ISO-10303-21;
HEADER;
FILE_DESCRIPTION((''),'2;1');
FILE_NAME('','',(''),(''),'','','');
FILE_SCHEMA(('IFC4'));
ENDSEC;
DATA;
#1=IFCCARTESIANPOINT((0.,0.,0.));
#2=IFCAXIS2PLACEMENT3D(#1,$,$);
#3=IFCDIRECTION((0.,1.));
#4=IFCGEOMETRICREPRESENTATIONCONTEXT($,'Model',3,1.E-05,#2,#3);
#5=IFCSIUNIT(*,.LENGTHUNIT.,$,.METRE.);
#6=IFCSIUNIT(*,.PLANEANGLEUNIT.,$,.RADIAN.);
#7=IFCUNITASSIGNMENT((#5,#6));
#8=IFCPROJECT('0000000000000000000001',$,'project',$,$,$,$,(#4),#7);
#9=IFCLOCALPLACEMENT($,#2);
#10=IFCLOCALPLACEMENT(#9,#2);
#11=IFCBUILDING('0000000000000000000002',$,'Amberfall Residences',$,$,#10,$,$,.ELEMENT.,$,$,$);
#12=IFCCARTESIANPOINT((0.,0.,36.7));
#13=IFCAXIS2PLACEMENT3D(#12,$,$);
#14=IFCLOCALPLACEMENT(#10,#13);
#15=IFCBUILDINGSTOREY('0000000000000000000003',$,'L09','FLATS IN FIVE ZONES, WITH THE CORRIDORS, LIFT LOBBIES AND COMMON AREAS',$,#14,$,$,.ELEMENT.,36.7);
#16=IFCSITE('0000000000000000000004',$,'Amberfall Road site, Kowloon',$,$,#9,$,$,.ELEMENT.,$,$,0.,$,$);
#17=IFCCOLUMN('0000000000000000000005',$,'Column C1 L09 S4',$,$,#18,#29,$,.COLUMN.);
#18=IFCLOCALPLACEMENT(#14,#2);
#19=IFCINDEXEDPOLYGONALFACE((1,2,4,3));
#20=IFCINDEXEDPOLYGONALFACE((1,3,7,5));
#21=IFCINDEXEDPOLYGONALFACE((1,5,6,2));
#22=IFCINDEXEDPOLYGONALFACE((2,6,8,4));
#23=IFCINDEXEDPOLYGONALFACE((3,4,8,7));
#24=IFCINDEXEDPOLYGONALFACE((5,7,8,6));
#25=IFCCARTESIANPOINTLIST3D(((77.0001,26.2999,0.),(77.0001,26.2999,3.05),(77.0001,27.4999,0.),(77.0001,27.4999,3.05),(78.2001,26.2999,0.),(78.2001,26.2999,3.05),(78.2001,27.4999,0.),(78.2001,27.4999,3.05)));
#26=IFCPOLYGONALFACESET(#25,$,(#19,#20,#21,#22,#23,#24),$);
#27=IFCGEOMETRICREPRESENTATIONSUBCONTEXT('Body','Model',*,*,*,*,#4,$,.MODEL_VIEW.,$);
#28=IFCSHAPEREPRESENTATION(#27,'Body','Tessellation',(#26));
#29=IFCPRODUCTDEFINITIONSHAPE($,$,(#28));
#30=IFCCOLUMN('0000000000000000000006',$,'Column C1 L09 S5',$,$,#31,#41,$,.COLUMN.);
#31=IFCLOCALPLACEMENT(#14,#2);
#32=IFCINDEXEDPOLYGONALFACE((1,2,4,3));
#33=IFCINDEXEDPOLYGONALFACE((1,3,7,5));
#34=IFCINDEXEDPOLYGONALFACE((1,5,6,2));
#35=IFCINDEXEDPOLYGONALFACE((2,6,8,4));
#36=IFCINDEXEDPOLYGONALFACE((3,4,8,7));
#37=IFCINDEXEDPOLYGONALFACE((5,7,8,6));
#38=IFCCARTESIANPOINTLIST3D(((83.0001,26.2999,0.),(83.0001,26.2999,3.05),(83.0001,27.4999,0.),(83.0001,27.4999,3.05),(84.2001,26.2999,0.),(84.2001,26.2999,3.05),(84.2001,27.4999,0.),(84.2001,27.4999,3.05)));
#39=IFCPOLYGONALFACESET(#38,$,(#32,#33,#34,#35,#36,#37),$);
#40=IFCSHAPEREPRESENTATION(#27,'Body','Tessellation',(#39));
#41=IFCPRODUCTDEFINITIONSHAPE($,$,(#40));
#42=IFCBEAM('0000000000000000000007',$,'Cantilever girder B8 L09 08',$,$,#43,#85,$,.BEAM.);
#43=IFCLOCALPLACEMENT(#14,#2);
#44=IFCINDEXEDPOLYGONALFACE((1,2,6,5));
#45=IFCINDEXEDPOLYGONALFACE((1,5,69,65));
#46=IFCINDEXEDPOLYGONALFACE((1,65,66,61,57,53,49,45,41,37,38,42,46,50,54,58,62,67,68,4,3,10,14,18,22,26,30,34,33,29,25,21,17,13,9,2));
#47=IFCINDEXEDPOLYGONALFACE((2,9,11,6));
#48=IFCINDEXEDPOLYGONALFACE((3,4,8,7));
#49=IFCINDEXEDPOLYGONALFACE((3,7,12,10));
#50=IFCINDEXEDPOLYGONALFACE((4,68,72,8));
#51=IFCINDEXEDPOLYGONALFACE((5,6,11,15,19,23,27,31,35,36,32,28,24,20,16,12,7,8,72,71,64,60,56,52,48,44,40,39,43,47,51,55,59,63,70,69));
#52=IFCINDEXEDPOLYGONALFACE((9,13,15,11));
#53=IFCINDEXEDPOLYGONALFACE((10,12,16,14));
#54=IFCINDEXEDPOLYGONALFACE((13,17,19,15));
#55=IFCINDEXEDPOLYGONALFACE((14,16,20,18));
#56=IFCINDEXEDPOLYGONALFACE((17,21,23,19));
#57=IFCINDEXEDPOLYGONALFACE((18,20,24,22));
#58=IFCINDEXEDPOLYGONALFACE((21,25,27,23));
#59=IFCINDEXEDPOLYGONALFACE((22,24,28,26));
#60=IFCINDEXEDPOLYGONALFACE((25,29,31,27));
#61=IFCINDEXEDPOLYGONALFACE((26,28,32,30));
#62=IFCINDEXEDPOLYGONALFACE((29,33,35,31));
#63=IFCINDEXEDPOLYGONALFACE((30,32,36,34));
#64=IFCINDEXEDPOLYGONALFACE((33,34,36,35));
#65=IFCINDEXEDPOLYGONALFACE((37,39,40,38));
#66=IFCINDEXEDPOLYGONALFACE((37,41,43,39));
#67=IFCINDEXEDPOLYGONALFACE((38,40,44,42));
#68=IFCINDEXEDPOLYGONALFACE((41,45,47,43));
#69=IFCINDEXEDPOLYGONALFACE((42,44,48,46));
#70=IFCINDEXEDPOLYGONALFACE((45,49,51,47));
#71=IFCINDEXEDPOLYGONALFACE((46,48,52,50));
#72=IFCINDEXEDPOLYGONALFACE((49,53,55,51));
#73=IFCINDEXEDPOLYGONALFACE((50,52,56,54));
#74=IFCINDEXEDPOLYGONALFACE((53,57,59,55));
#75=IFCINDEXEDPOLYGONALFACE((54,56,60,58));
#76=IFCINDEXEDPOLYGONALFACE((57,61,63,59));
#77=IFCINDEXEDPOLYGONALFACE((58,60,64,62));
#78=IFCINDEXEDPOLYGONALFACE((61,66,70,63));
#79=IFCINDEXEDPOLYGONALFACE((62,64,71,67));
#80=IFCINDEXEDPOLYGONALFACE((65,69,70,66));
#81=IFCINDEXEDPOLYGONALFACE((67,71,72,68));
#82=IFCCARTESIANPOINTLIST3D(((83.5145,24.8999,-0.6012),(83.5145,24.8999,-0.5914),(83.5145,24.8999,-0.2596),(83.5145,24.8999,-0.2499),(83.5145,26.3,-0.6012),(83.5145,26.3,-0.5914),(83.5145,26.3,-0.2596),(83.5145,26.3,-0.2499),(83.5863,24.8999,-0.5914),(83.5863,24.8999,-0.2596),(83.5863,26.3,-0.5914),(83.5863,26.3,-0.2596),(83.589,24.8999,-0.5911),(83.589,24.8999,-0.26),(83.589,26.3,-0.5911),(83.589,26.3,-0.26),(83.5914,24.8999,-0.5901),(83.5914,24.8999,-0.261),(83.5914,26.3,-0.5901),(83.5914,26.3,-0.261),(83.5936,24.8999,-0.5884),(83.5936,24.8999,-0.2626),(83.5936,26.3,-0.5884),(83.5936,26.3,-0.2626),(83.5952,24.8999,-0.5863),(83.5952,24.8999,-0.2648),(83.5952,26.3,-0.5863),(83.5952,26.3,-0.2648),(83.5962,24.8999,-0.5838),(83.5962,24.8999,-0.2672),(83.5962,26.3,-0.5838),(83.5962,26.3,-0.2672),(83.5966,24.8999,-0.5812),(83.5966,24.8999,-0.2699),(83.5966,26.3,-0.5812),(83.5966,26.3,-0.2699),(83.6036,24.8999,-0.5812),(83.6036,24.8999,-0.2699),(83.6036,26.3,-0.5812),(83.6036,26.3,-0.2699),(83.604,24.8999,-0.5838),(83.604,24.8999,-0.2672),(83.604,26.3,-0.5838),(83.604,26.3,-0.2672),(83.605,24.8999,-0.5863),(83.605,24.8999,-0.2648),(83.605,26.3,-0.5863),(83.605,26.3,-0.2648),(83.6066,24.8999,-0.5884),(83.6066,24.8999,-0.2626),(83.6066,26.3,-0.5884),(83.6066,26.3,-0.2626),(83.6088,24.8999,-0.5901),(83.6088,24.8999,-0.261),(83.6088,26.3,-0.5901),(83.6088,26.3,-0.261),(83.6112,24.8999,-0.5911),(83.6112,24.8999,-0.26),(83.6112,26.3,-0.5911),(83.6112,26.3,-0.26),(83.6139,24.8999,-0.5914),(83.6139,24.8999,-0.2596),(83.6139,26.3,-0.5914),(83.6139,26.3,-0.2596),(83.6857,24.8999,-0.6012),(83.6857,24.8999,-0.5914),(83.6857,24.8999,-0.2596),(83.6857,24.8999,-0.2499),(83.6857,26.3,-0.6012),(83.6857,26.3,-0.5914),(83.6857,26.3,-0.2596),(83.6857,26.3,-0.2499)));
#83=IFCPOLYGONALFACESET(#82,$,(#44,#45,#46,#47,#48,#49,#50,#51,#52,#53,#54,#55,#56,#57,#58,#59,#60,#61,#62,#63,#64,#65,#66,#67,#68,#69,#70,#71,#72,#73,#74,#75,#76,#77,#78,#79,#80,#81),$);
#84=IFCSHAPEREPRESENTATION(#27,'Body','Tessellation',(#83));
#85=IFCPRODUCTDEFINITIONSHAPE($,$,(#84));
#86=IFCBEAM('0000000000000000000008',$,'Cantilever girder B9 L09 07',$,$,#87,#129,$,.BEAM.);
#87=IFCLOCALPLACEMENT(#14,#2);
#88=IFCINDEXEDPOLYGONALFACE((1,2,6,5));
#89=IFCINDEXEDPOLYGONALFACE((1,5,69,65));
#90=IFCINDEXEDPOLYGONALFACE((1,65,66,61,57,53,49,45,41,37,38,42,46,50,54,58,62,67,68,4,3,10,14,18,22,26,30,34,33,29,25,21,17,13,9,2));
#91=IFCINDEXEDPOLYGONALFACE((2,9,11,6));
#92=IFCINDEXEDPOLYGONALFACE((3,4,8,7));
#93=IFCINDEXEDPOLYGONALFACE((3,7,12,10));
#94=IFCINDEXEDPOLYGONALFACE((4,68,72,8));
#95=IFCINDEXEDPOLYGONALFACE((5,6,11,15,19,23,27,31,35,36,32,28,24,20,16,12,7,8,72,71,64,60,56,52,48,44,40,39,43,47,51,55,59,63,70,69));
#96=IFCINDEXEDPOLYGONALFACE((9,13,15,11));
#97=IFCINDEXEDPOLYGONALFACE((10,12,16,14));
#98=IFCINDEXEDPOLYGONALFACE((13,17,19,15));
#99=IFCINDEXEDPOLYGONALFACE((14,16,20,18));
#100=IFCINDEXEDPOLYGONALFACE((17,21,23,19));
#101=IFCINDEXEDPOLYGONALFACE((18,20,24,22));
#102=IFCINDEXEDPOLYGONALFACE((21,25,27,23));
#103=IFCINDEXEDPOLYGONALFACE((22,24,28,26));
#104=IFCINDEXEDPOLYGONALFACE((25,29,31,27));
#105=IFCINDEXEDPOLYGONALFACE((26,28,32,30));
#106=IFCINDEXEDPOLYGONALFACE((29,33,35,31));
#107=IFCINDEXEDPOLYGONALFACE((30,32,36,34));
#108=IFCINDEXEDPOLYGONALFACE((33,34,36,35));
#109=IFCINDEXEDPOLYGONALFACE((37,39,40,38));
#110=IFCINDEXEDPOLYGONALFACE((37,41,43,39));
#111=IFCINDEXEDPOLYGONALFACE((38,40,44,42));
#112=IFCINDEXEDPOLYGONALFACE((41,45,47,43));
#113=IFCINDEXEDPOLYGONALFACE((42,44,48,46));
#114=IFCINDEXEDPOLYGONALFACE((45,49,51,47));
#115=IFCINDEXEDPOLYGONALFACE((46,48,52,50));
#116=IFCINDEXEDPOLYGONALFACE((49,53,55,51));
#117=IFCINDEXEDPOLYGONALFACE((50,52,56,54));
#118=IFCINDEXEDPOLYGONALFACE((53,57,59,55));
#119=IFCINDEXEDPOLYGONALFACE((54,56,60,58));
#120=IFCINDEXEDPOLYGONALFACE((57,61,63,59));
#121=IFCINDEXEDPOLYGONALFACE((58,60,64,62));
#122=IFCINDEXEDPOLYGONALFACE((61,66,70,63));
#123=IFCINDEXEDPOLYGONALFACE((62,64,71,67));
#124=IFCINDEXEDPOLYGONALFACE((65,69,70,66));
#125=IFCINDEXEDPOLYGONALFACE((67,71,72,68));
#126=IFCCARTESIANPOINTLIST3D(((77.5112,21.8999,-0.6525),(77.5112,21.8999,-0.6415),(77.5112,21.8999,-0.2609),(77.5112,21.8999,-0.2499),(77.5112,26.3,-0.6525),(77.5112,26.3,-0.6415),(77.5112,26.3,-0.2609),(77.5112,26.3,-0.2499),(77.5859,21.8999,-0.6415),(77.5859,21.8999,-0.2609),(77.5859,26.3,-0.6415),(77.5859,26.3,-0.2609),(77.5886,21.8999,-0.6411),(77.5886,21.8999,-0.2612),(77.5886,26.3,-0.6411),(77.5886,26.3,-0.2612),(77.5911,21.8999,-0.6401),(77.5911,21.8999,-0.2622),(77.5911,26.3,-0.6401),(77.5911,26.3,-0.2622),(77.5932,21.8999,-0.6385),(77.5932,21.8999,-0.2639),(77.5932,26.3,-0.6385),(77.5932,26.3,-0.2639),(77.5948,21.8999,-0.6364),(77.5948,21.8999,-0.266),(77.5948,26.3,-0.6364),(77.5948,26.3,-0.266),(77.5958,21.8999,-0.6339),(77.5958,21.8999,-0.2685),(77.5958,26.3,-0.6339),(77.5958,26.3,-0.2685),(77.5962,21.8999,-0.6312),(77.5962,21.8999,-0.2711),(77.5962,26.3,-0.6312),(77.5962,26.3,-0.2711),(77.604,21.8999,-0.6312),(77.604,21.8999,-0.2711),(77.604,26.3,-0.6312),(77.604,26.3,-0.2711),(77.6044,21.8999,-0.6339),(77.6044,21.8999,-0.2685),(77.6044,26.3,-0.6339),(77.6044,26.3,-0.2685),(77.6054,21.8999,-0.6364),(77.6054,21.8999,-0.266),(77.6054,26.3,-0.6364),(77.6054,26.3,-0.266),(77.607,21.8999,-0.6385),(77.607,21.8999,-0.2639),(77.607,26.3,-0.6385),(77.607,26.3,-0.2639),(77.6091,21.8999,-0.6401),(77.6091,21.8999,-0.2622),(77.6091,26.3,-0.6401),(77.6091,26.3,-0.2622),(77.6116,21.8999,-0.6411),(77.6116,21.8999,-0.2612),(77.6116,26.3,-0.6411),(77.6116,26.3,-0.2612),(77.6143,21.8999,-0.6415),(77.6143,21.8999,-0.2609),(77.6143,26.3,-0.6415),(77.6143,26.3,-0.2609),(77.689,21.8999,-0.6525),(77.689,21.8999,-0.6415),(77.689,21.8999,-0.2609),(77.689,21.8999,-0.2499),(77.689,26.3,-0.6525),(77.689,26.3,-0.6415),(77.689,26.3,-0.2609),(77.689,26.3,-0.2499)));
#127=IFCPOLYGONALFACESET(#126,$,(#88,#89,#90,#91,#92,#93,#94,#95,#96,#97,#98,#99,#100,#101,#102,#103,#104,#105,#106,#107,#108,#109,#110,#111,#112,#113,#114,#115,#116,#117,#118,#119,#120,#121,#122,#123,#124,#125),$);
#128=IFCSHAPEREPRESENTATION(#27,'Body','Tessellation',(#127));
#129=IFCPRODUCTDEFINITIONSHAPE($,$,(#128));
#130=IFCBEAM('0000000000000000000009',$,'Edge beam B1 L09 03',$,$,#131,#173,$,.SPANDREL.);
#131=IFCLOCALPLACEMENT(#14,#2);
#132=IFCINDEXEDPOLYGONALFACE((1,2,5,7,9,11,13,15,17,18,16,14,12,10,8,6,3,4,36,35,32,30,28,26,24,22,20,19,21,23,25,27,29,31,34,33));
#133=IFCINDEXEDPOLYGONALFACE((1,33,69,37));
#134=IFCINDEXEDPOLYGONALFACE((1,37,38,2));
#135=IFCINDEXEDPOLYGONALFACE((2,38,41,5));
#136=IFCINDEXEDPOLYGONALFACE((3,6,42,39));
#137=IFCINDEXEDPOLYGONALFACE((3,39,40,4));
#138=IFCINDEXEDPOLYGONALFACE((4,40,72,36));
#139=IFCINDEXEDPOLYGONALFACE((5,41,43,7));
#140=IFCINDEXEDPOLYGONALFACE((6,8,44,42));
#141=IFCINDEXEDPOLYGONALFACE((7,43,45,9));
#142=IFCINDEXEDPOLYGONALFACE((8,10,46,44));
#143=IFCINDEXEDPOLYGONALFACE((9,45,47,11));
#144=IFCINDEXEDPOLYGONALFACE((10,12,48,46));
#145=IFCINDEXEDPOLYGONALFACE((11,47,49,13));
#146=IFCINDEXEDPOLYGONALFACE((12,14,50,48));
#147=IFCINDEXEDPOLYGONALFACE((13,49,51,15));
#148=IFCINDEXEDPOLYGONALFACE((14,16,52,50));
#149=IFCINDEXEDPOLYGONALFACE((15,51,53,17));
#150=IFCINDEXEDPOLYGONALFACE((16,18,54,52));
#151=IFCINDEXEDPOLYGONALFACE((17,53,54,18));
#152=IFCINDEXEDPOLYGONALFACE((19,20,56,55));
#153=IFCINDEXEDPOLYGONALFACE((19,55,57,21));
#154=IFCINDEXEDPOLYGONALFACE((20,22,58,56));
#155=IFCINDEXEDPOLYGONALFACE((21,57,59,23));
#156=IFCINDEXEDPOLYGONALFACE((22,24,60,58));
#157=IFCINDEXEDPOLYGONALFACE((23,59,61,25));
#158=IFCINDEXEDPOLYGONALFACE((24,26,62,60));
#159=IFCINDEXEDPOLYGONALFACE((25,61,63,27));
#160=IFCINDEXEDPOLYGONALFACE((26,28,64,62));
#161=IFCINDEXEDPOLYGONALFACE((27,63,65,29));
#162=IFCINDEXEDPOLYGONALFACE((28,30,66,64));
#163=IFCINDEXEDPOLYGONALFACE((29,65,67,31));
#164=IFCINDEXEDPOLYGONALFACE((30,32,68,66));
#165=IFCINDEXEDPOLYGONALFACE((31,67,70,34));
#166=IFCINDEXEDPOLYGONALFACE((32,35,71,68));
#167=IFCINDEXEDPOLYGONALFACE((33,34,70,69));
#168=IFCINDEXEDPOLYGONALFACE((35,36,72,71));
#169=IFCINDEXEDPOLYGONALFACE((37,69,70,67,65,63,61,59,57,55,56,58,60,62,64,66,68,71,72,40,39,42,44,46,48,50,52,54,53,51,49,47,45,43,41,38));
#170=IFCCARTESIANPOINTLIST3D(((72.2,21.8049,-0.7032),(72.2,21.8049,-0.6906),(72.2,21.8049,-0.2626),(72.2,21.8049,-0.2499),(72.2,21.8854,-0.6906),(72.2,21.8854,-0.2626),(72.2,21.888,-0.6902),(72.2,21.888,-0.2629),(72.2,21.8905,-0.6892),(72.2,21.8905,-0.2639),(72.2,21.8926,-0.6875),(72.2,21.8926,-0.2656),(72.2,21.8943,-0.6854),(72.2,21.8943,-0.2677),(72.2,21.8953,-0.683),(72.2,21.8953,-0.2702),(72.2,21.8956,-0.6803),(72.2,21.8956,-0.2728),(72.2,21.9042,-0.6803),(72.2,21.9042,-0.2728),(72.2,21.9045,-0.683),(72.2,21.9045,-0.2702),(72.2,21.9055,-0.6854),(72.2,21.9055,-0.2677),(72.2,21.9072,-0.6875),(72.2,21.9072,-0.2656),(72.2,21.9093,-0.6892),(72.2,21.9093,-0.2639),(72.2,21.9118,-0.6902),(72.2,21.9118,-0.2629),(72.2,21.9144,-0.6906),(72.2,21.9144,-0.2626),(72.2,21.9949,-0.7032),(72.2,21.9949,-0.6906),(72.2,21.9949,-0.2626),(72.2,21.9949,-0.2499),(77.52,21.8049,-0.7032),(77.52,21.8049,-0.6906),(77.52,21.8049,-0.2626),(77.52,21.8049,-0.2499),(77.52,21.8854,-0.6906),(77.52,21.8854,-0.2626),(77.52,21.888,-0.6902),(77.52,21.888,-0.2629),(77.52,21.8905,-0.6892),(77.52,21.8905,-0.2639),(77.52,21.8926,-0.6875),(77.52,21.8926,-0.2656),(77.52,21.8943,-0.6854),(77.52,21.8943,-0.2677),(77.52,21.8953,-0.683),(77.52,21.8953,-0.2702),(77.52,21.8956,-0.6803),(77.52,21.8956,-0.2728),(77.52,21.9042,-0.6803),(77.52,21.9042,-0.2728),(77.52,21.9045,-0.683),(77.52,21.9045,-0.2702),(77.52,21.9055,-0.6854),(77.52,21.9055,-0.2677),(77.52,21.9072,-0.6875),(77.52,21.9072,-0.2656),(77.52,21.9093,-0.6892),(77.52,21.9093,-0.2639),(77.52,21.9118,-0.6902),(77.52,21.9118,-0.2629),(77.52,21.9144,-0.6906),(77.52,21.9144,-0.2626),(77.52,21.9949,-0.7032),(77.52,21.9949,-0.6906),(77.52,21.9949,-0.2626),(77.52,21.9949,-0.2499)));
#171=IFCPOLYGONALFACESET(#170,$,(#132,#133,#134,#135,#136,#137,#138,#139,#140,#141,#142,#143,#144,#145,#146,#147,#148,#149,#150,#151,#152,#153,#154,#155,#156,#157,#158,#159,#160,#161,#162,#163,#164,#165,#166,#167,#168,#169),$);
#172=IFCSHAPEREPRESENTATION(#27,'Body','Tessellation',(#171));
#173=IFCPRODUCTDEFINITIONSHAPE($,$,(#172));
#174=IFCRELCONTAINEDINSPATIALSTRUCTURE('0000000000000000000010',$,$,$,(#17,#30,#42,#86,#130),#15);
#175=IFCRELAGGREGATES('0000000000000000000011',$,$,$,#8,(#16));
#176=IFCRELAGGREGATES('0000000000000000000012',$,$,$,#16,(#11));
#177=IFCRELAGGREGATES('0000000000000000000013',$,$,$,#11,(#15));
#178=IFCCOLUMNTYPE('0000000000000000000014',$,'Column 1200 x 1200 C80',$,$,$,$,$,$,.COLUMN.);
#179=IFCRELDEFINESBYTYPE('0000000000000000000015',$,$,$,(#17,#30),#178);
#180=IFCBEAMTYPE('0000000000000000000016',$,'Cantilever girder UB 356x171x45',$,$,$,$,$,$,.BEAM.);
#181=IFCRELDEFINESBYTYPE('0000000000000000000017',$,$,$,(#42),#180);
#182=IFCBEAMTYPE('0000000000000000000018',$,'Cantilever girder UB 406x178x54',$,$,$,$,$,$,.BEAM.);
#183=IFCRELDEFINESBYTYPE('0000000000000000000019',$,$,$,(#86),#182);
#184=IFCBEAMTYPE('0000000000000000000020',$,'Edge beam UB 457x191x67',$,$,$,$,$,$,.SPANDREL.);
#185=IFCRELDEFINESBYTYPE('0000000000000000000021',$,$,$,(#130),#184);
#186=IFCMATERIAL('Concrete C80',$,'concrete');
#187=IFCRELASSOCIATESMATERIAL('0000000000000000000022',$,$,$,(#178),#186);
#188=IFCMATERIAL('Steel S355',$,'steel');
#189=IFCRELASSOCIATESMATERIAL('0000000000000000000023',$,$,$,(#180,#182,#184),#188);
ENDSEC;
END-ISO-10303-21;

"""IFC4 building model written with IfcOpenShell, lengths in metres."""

from ifc_helpers import new_model, si_unit, direction, frame, origin, origin_2d, place, context, subcontext, project, spatial, rectangle, i_section, extrude, material, material_profile, profile_set, type_object, element, save


model = new_model("IFC4")

# Units and contexts
model_context = context("Model", 3, precision=1e-05, world=origin(), true_north=direction((0.0, 1.0)))
body_context = subcontext(model_context, "Body", "Model", "MODEL_VIEW")
ifc_project = project(units=[si_unit("LENGTHUNIT", "METRE"), si_unit("PLANEANGLEUNIT", "RADIAN")], contexts=[model_context])

# Site, building, storey
site_placement = place(None, origin())
site = spatial("IfcSite", under=ifc_project, at=site_placement, Name="Amberfall Road site, Kowloon", CompositionType="ELEMENT", RefElevation=0.0)
building_placement = place(site_placement, origin())
building = spatial("IfcBuilding", under=site, at=building_placement, Name="Amberfall Residences", CompositionType="ELEMENT")
storey_placement = place(building_placement, frame((0.0, 0.0, 36.7)))
storey = spatial("IfcBuildingStorey", under=building, at=storey_placement, Name="L09", Description="FLATS IN FIVE ZONES, WITH THE CORRIDORS, LIFT LOBBIES AND COMMON AREAS", CompositionType="ELEMENT", Elevation=36.7)

# Columns
ifc_material_1 = material(Name="Concrete C80", Category="concrete")
ifc_material_profile_1 = material_profile(ifc_material_1, rectangle(XDim=1.2, YDim=1.2, at=origin_2d()), Name="Column 1200 x 1200 C80")
ifc_profile_set_1 = profile_set([ifc_material_profile_1], Name="Concrete C80")
column_type = type_object("IfcColumnType", Name="Column 1200 x 1200 C80", PredefinedType="COLUMN", material=ifc_profile_set_1)
for number, where, z_axis, x_axis, name in (
    (1, (77.6001, 26.8999, 0.0), (0.0, 0.0, 1.0), (1.0, 0.0, 0.0), "Column C1 L09 S4"),
    (2, (83.6001, 26.8999, 0.0), (0.0, 0.0, 1.0), (1.0, 0.0, 0.0), "Column C1 L09 S5"),
):
    element("IfcColumn", number, at=place(storey_placement, frame(where, z_axis=z_axis, x_axis=x_axis)), inside=storey, type_object=column_type, Name=name, PredefinedType="COLUMN", context=body_context, shape_type="SweptSolid", body=[
        extrude(rectangle(XDim=1.2, YDim=1.2, at=origin_2d()), origin(), (0.0, 0.0, 1.0), 3.05),
    ])

# Beams
ifc_material_2 = material(Name="Steel S355", Category="steel")
ifc_material_profile_2 = material_profile(ifc_material_2, i_section(OverallWidth=0.1711, OverallDepth=0.3513, WebThickness=0.0071, FlangeThickness=0.0098, FilletRadius=0.0103, at=origin_2d()), Name="UB 356x171x45")
ifc_profile_set_2 = profile_set([ifc_material_profile_2], Name="Steel S355")
beam_type_1 = type_object("IfcBeamType", Name="Cantilever girder UB 356x171x45", PredefinedType="BEAM", material=ifc_profile_set_2)
beam_1_placement = place(storey_placement, frame((83.6001, 26.3, -0.4255), z_axis=(0.0, -1.0, 0.0), x_axis=(1.0, 0.0, 0.0)))
element("IfcBeam", 3, at=beam_1_placement, inside=storey, type_object=beam_type_1, Name="Cantilever girder B8 L09 08", PredefinedType="BEAM", context=body_context, shape_type="SweptSolid", body=[
    extrude(i_section(OverallWidth=0.1711, OverallDepth=0.3513, WebThickness=0.0071, FlangeThickness=0.0098, FilletRadius=0.0103, at=origin_2d()), origin(), (0.0, 0.0, 1.0), 1.4001),
])
ifc_material_profile_3 = material_profile(ifc_material_2, i_section(OverallWidth=0.1777, OverallDepth=0.4026, WebThickness=0.0078, FlangeThickness=0.011, FilletRadius=0.0103, at=origin_2d()), Name="UB 406x178x54")
ifc_profile_set_3 = profile_set([ifc_material_profile_3], Name="Steel S355")
beam_type_2 = type_object("IfcBeamType", Name="Cantilever girder UB 406x178x54", PredefinedType="BEAM", material=ifc_profile_set_3)
beam_2_placement = place(storey_placement, frame((77.6001, 26.3, -0.4512), z_axis=(0.0, -1.0, 0.0), x_axis=(1.0, 0.0, 0.0)))
element("IfcBeam", 4, at=beam_2_placement, inside=storey, type_object=beam_type_2, Name="Cantilever girder B9 L09 07", PredefinedType="BEAM", context=body_context, shape_type="SweptSolid", body=[
    extrude(i_section(OverallWidth=0.1777, OverallDepth=0.4026, WebThickness=0.0078, FlangeThickness=0.011, FilletRadius=0.0103, at=origin_2d()), origin(), (0.0, 0.0, 1.0), 4.4001),
])
ifc_material_profile_4 = material_profile(ifc_material_2, i_section(OverallWidth=0.1899, OverallDepth=0.4534, WebThickness=0.0085, FlangeThickness=0.0127, FilletRadius=0.0103, at=origin_2d()), Name="UB 457x191x67")
ifc_profile_set_4 = profile_set([ifc_material_profile_4], Name="Steel S355")
beam_type_3 = type_object("IfcBeamType", Name="Edge beam UB 457x191x67", PredefinedType="SPANDREL", material=ifc_profile_set_4)
beam_3_placement = place(storey_placement, frame((72.2, 21.8999, -0.4766), z_axis=(1.0, 0.0, 0.0), x_axis=(0.0, 1.0, 0.0)))
element("IfcBeam", 5, at=beam_3_placement, inside=storey, type_object=beam_type_3, Name="Edge beam B1 L09 03", PredefinedType="SPANDREL", context=body_context, shape_type="SweptSolid", body=[
    extrude(i_section(OverallWidth=0.1899, OverallDepth=0.4534, WebThickness=0.0085, FlangeThickness=0.0127, FilletRadius=0.0103, at=origin_2d()), origin(), (0.0, 0.0, 1.0), 5.3201),
])

save(model, "model.ifc")
